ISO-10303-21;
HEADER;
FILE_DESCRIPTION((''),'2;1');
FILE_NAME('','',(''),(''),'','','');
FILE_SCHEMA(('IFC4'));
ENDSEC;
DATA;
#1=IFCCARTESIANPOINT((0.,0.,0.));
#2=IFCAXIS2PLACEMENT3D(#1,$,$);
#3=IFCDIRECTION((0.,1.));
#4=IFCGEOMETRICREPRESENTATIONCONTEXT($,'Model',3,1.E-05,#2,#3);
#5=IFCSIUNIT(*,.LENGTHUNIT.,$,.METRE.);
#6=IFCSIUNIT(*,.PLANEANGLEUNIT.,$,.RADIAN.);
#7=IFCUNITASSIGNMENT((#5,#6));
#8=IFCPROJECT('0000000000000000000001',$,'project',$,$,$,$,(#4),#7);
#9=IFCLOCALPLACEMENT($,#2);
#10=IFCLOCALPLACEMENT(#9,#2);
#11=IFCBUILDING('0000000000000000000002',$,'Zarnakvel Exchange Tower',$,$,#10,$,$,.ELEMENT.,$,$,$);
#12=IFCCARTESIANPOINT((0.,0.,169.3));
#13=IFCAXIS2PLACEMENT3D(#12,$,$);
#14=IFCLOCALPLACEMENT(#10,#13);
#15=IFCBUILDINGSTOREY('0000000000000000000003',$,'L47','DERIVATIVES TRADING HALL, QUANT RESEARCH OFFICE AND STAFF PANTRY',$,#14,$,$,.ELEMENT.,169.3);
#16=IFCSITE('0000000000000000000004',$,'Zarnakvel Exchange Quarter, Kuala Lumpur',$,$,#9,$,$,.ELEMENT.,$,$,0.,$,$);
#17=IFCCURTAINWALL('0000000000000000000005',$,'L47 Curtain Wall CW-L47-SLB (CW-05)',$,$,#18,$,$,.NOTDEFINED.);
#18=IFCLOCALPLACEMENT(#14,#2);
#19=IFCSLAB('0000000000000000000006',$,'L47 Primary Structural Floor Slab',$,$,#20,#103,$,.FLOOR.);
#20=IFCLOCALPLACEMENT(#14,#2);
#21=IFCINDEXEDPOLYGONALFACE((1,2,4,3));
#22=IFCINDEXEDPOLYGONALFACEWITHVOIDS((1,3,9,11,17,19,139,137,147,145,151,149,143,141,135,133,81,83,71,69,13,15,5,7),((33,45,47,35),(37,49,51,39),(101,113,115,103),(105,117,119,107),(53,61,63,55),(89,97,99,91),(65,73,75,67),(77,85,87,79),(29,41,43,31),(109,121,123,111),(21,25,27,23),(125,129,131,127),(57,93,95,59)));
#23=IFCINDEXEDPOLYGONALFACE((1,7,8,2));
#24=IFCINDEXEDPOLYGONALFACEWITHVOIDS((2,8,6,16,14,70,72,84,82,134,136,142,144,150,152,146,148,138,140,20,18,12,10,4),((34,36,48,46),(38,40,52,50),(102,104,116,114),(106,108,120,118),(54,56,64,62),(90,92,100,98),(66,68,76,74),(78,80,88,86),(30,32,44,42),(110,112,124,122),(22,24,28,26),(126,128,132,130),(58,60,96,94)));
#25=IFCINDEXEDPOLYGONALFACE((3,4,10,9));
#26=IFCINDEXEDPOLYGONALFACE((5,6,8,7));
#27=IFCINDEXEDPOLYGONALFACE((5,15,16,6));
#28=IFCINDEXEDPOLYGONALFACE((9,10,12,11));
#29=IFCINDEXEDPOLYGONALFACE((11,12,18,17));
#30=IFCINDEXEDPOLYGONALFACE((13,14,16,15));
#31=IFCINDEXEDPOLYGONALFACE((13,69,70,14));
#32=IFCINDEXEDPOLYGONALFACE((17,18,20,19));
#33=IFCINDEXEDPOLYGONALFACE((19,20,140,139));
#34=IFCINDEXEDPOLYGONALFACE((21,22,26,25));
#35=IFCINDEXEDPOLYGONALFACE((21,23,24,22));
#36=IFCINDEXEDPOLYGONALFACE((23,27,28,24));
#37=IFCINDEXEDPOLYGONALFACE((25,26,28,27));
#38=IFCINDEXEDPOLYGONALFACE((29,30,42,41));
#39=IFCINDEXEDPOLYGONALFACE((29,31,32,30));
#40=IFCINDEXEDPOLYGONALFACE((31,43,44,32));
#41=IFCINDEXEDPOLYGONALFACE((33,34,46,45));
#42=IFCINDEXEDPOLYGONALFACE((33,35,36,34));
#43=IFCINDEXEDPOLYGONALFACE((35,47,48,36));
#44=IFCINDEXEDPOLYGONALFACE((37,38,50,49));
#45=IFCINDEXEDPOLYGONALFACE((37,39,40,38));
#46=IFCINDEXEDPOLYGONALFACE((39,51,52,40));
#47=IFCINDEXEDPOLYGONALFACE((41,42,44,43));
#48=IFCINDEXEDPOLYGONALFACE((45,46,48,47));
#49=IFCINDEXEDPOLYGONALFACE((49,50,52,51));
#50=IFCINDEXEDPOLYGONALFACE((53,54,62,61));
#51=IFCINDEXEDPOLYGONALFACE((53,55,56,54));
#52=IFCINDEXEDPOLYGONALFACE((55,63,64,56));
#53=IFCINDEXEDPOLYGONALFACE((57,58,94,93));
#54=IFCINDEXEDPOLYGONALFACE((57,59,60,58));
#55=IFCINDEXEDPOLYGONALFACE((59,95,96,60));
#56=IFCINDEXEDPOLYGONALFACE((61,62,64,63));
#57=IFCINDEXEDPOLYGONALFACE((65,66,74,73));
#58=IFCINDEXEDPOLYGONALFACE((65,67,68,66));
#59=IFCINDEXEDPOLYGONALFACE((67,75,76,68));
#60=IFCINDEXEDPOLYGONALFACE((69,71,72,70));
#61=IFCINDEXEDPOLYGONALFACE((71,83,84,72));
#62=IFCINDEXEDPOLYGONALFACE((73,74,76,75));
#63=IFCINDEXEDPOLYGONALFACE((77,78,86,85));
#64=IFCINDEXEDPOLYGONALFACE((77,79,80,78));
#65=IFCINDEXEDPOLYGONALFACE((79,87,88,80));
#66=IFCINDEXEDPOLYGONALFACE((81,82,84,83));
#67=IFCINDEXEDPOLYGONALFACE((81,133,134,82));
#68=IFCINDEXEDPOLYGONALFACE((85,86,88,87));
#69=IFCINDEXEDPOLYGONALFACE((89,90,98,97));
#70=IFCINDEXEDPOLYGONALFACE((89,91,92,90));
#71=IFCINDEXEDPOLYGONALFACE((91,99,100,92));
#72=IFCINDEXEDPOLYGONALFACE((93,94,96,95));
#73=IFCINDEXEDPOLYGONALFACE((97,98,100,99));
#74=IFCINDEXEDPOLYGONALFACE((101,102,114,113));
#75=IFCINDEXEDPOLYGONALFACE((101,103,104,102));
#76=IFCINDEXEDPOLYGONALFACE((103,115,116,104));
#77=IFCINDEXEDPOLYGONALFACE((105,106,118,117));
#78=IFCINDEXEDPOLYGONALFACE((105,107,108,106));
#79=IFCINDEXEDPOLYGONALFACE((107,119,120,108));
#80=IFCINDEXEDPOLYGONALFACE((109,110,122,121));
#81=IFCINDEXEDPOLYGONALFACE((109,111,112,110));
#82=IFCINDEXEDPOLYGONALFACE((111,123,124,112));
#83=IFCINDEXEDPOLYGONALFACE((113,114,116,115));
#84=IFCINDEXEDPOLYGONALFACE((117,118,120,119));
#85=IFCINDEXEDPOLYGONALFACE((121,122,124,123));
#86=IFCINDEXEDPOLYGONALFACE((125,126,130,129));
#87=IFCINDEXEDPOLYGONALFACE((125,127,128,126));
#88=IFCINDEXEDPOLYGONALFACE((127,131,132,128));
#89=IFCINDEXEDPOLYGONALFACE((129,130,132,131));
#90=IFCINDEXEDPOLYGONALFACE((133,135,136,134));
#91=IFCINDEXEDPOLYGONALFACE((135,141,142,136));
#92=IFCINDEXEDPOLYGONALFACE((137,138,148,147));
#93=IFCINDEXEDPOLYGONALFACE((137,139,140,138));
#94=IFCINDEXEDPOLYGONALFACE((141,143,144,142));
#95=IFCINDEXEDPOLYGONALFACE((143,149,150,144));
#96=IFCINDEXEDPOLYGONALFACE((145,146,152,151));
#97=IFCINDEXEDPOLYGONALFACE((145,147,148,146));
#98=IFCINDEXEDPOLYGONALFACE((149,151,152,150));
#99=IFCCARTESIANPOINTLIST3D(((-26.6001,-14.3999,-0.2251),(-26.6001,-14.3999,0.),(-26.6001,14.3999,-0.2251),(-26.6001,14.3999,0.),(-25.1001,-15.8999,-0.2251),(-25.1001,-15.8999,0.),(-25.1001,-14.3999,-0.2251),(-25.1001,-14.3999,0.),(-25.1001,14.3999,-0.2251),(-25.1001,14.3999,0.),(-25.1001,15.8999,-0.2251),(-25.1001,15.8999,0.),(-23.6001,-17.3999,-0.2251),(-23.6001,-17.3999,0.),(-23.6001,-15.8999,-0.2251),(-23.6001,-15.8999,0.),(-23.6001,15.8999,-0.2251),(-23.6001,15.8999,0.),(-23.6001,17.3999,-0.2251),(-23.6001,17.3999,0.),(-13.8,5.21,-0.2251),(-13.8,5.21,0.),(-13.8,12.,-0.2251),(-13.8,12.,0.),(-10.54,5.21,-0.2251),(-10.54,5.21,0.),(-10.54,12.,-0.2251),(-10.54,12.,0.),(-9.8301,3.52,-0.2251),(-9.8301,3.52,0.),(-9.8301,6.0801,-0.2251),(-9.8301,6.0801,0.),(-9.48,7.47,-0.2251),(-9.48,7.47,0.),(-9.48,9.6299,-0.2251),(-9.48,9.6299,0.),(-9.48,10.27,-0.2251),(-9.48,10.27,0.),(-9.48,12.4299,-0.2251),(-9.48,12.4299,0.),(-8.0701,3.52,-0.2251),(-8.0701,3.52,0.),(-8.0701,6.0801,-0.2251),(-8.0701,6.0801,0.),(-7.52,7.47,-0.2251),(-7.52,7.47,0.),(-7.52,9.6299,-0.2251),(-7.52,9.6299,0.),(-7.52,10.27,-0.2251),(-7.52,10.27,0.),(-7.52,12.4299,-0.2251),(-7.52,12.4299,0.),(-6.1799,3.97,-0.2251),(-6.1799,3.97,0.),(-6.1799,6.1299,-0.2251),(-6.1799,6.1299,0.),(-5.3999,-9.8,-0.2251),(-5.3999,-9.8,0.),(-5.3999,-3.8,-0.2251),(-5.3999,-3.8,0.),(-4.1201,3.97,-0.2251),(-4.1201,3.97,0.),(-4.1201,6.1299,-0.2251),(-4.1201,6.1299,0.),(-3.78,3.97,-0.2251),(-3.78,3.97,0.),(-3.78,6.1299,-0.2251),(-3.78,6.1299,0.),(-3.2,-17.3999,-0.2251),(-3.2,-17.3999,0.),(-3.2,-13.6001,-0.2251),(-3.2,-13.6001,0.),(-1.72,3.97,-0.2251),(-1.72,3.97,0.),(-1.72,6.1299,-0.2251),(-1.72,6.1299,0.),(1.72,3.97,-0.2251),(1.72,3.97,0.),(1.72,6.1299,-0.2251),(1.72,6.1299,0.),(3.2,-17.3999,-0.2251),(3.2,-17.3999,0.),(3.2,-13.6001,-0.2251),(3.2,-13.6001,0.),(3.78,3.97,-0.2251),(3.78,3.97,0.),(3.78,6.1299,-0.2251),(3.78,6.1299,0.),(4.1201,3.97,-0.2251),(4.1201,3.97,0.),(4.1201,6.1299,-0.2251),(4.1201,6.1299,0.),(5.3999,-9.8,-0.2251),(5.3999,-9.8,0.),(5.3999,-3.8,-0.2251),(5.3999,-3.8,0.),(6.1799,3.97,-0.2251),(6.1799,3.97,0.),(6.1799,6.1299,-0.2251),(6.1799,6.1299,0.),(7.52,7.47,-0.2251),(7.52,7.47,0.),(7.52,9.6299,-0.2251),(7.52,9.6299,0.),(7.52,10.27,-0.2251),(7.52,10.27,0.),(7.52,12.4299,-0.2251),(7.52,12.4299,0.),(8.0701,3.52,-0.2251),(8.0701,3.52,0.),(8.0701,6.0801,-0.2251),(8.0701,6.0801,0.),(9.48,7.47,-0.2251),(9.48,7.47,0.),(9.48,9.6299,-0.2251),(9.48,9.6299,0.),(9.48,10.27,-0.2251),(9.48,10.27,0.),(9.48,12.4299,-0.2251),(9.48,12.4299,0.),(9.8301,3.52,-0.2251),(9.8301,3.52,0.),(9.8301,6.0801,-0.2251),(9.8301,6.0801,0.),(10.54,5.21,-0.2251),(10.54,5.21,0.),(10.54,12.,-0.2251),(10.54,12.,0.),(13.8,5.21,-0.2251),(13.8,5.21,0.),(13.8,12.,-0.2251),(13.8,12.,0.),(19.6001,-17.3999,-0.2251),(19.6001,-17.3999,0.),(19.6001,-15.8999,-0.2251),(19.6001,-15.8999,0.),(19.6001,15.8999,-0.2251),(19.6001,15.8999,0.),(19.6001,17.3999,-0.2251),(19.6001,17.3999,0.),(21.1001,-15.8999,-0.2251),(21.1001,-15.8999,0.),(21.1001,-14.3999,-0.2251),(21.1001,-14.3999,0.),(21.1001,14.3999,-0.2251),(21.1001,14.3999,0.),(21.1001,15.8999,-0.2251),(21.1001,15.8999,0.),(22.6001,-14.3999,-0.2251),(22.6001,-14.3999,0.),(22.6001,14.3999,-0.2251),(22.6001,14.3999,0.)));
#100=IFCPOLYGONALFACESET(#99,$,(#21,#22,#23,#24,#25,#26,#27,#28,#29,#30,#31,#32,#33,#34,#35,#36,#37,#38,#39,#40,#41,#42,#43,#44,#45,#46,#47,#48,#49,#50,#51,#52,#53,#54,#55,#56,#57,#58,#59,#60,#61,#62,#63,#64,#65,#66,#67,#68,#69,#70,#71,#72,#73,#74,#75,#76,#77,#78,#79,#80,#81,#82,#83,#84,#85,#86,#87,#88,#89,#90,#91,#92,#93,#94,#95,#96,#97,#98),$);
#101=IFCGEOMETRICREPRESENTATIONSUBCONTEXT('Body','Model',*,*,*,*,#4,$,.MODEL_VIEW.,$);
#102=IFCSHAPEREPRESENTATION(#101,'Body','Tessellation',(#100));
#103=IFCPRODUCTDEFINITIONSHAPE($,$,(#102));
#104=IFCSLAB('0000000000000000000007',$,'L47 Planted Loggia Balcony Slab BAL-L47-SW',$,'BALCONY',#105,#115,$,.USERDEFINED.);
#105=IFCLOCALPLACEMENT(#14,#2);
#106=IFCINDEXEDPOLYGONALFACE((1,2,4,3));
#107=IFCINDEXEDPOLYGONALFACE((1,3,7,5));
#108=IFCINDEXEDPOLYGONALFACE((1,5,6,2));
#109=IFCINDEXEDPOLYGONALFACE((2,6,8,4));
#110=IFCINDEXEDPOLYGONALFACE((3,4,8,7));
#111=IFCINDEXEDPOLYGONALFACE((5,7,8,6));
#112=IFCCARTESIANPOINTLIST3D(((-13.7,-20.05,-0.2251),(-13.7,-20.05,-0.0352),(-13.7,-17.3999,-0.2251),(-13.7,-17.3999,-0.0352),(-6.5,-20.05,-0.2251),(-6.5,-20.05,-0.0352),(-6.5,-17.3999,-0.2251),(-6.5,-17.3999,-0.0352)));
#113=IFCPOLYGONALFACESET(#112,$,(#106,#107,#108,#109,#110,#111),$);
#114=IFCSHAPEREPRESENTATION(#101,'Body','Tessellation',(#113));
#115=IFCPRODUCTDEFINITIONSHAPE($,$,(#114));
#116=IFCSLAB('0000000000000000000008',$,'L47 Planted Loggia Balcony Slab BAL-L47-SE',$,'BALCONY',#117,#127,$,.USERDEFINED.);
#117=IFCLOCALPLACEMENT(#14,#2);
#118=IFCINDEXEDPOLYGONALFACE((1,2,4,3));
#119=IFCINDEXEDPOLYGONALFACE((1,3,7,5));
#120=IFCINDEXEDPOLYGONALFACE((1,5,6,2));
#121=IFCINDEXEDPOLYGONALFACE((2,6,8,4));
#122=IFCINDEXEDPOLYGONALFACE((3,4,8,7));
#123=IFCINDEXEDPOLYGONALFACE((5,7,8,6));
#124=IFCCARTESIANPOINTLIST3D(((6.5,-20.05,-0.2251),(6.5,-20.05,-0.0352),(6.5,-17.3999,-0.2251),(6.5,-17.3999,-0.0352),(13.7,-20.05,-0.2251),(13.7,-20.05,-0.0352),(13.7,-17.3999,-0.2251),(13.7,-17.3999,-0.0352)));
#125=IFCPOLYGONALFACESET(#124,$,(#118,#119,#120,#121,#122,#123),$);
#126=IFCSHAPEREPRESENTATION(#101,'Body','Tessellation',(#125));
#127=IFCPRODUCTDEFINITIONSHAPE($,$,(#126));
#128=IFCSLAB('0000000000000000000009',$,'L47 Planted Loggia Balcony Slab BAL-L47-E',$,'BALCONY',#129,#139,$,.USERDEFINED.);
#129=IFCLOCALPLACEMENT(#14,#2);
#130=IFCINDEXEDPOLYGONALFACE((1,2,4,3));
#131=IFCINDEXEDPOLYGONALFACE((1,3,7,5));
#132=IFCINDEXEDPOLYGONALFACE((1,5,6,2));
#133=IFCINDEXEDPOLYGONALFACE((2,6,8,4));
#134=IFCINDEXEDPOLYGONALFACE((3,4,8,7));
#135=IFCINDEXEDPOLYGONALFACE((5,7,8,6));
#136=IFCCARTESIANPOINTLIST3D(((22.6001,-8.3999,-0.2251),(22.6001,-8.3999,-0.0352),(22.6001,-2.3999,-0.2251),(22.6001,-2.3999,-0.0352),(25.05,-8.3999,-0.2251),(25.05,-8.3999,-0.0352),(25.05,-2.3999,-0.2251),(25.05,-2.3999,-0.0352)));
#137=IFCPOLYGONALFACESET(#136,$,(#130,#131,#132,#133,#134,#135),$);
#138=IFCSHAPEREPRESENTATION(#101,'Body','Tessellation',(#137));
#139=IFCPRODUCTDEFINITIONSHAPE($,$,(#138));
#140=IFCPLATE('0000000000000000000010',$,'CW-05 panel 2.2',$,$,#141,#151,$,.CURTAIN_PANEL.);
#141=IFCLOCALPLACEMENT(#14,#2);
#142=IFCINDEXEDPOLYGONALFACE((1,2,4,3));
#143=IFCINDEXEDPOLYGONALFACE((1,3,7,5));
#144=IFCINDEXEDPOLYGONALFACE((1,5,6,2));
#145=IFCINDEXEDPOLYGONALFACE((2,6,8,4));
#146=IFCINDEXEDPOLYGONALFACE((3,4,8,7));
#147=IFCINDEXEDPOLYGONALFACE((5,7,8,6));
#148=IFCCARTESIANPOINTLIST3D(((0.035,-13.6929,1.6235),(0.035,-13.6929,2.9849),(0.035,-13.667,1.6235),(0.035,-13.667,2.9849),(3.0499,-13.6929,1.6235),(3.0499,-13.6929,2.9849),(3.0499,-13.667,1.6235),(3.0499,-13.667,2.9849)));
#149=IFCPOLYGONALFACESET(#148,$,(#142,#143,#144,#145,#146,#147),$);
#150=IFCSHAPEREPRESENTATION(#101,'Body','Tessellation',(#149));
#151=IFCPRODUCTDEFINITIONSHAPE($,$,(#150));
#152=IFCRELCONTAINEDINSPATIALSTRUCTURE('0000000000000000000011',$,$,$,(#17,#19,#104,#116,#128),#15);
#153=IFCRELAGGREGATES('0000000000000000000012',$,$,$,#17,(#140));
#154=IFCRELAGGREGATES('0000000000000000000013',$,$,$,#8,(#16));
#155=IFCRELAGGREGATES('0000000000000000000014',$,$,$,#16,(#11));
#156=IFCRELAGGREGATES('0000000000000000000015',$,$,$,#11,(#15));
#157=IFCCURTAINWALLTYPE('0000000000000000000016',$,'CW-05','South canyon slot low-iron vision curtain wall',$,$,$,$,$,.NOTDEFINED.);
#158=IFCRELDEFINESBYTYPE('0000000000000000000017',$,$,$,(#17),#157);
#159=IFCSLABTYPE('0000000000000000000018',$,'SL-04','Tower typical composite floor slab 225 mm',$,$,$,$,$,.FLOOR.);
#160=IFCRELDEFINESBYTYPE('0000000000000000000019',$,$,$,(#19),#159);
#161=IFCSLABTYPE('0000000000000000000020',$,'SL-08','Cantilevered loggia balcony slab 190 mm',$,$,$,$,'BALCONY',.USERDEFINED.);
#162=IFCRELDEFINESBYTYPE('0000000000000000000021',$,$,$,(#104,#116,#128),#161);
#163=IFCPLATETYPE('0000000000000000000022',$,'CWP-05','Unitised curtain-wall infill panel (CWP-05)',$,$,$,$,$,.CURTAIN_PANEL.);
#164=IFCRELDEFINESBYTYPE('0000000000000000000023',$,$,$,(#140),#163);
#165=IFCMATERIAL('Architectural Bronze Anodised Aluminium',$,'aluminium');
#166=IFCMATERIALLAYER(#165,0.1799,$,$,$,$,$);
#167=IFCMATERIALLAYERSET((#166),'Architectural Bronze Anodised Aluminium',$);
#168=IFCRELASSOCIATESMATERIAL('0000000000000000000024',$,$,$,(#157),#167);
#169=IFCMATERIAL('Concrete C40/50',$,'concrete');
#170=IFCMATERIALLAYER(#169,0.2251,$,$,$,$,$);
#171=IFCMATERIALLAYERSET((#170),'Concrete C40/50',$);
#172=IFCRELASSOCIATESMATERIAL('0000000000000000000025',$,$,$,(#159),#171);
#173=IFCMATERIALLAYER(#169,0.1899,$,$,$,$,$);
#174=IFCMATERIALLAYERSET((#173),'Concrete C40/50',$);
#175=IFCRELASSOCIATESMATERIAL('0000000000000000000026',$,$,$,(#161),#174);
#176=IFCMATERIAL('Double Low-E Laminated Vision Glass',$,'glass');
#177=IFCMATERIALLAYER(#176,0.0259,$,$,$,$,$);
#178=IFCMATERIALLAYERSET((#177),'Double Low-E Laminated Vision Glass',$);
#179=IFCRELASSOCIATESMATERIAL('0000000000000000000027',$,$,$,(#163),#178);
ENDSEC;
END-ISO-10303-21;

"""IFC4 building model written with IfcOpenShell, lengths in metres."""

from ifc_helpers import new_model, si_unit, direction, frame, origin, origin_2d, place, context, subcontext, project, spatial, polyline, rectangle, outline, extrude, source, transform, mapped, material, layer, layer_set, type_object, element, aggregate, save


model = new_model("IFC4")

# Units and contexts
model_context = context("Model", 3, precision=1e-05, world=origin(), true_north=direction((0.0, 1.0)))
body_context = subcontext(model_context, "Body", "Model", "MODEL_VIEW")
ifc_project = project(units=[si_unit("LENGTHUNIT", "METRE"), si_unit("PLANEANGLEUNIT", "RADIAN")], contexts=[model_context])

# Site, building, storey
site_placement = place(None, origin())
site = spatial("IfcSite", under=ifc_project, at=site_placement, Name="Zarnakvel Exchange Quarter, Kuala Lumpur", CompositionType="ELEMENT", RefElevation=0.0)
building_placement = place(site_placement, origin())
building = spatial("IfcBuilding", under=site, at=building_placement, Name="Zarnakvel Exchange Tower", CompositionType="ELEMENT")
storey_placement = place(building_placement, frame((0.0, 0.0, 169.3)))
storey = spatial("IfcBuildingStorey", under=building, at=storey_placement, Name="L47", Description="DERIVATIVES TRADING HALL, QUANT RESEARCH OFFICE AND STAFF PANTRY", CompositionType="ELEMENT", Elevation=169.3)

# Curtain wall
ifc_material_1 = material(Name="Architectural Bronze Anodised Aluminium", Category="aluminium")
ifc_layer_1 = layer(ifc_material_1, 0.1799)
ifc_layer_set_1 = layer_set([ifc_layer_1], Name="Architectural Bronze Anodised Aluminium")
curtain_wall_type = type_object("IfcCurtainWallType", Name="CW-05", Description="South canyon slot low-iron vision curtain wall", PredefinedType="NOTDEFINED", material=ifc_layer_set_1)
curtain_wall_placement = place(storey_placement, origin())
curtain_wall = element("IfcCurtainWall", 1, at=curtain_wall_placement, inside=storey, type_object=curtain_wall_type, Name="L47 Curtain Wall CW-L47-SLB (CW-05)", PredefinedType="NOTDEFINED")

# Shared definitions
ifc_material_2 = material(Name="Concrete C40/50", Category="concrete")

# Slabs
ifc_layer_2 = layer(ifc_material_2, 0.2251)
ifc_layer_set_2 = layer_set([ifc_layer_2], Name="Concrete C40/50")
slab_type_1 = type_object("IfcSlabType", Name="SL-04", Description="Tower typical composite floor slab 225 mm", PredefinedType="FLOOR", material=ifc_layer_set_2)
slab_1_placement = place(storey_placement, frame((0.0, 0.0, -0.2251)))
element("IfcSlab", 2, at=slab_1_placement, inside=storey, type_object=slab_type_1, Name="L47 Primary Structural Floor Slab", PredefinedType="FLOOR", context=body_context, shape_type="SweptSolid", body=[
    extrude(outline(polyline([(-26.6001, -14.3999), (-25.1001, -14.3999), (-25.1001, -15.8999), (-23.6001, -15.8999), (-23.6001, -17.3999), (-3.2, -17.3999), (-3.2, -13.6001), (3.2, -13.6001), (3.2, -17.3999), (19.6001, -17.3999), (19.6001, -15.8999), (21.1001, -15.8999), (21.1001, -14.3999), (22.6001, -14.3999), (22.6001, 14.3999), (21.1001, 14.3999), (21.1001, 15.8999), (19.6001, 15.8999), (19.6001, 17.3999), (-23.6001, 17.3999), (-23.6001, 15.8999), (-25.1001, 15.8999), (-25.1001, 14.3999), (-26.6001, 14.3999), (-26.6001, -14.3999)]), holes=[polyline([(-5.3999, -9.8), (5.3999, -9.8), (5.3999, -3.8), (-5.3999, -3.8), (-5.3999, -9.8)]), polyline([(-13.8, 5.21), (-10.54, 5.21), (-10.54, 12.0), (-13.8, 12.0), (-13.8, 5.21)]), polyline([(10.54, 5.21), (13.8, 5.21), (13.8, 12.0), (10.54, 12.0), (10.54, 5.21)]), polyline([(-9.8301, 3.52), (-8.0701, 3.52), (-8.0701, 6.0801), (-9.8301, 6.0801), (-9.8301, 3.52)]), polyline([(8.0701, 3.52), (9.8301, 3.52), (9.8301, 6.0801), (8.0701, 6.0801), (8.0701, 3.52)]), polyline([(-6.1799, 3.97), (-4.1201, 3.97), (-4.1201, 6.1299), (-6.1799, 6.1299), (-6.1799, 3.97)]), polyline([(-3.78, 3.97), (-1.72, 3.97), (-1.72, 6.1299), (-3.78, 6.1299), (-3.78, 3.97)]), polyline([(1.72, 3.97), (3.78, 3.97), (3.78, 6.1299), (1.72, 6.1299), (1.72, 3.97)]), polyline([(4.1201, 3.97), (6.1799, 3.97), (6.1799, 6.1299), (4.1201, 6.1299), (4.1201, 3.97)]), polyline([(-9.48, 7.47), (-7.52, 7.47), (-7.52, 9.6299), (-9.48, 9.6299), (-9.48, 7.47)]), polyline([(-9.48, 10.27), (-7.52, 10.27), (-7.52, 12.4299), (-9.48, 12.4299), (-9.48, 10.27)]), polyline([(7.52, 7.47), (9.48, 7.47), (9.48, 9.6299), (7.52, 9.6299), (7.52, 7.47)]), polyline([(7.52, 10.27), (9.48, 10.27), (9.48, 12.4299), (7.52, 12.4299), (7.52, 10.27)])]), origin(), (0.0, 0.0, 1.0), 0.2251),
])
ifc_layer_3 = layer(ifc_material_2, 0.1899)
ifc_layer_set_3 = layer_set([ifc_layer_3], Name="Concrete C40/50")
slab_type_2 = type_object("IfcSlabType", Name="SL-08", Description="Cantilevered loggia balcony slab 190 mm", ElementType="BALCONY", PredefinedType="USERDEFINED", material=ifc_layer_set_3)
slab_2_placement = place(storey_placement, frame((0.0, 0.0, -0.2251)))
element("IfcSlab", 3, at=slab_2_placement, inside=storey, type_object=slab_type_2, Name="L47 Planted Loggia Balcony Slab BAL-L47-SW", ObjectType="BALCONY", PredefinedType="USERDEFINED", context=body_context, shape_type="SweptSolid", body=[
    extrude(outline(polyline([(-13.7, -20.05), (-6.5, -20.05), (-6.5, -17.3999), (-13.7, -17.3999), (-13.7, -20.05)])), origin(), (0.0, 0.0, 1.0), 0.1899),
])
slab_3_placement = place(storey_placement, frame((0.0, 0.0, -0.2251)))
element("IfcSlab", 4, at=slab_3_placement, inside=storey, type_object=slab_type_2, Name="L47 Planted Loggia Balcony Slab BAL-L47-SE", ObjectType="BALCONY", PredefinedType="USERDEFINED", context=body_context, shape_type="SweptSolid", body=[
    extrude(outline(polyline([(6.5, -20.05), (13.7, -20.05), (13.7, -17.3999), (6.5, -17.3999), (6.5, -20.05)])), origin(), (0.0, 0.0, 1.0), 0.1899),
])
slab_4_placement = place(storey_placement, frame((0.0, 0.0, -0.2251)))
element("IfcSlab", 5, at=slab_4_placement, inside=storey, type_object=slab_type_2, Name="L47 Planted Loggia Balcony Slab BAL-L47-E", ObjectType="BALCONY", PredefinedType="USERDEFINED", context=body_context, shape_type="SweptSolid", body=[
    extrude(outline(polyline([(22.6001, -8.3999), (25.05, -8.3999), (25.05, -2.3999), (22.6001, -2.3999), (22.6001, -8.3999)])), origin(), (0.0, 0.0, 1.0), 0.1899),
])

# Plate
ifc_material_3 = material(Name="Double Low-E Laminated Vision Glass", Category="glass")
ifc_layer_4 = layer(ifc_material_3, 0.0259)
ifc_layer_set_4 = layer_set([ifc_layer_4], Name="Double Low-E Laminated Vision Glass")
plate_type = type_object("IfcPlateType", Name="CWP-05", Description="Unitised curtain-wall infill panel (CWP-05)", PredefinedType="CURTAIN_PANEL", material=ifc_layer_set_4)
shared_shape_1 = source(origin(), body_context, "Body", "SweptSolid", [
    extrude(rectangle(XDim=3.0149, YDim=0.0259, at=origin_2d()), origin(), (0.0, 0.0, 1.0), 1.3613),
])
plate_placement = place(storey_placement, frame((1.5425, -13.6799, 1.6235), z_axis=(0.0, 0.0, 1.0), x_axis=(1.0, 0.0, 0.0)))
plate = element("IfcPlate", 6, at=plate_placement, type_object=plate_type, Name="CW-05 panel 2.2", PredefinedType="CURTAIN_PANEL", context=body_context, shape_type="MappedRepresentation", body=[
    mapped(shared_shape_1, transform((0.0, 0.0, 0.0), x_axis=(1.0, 0.0, 0.0), y_axis=(0.0, 1.0, 0.0), z_axis=(0.0, 0.0, 1.0), scale=1.0)),
])
aggregate(curtain_wall, [plate])

save(model, "model.ifc")
